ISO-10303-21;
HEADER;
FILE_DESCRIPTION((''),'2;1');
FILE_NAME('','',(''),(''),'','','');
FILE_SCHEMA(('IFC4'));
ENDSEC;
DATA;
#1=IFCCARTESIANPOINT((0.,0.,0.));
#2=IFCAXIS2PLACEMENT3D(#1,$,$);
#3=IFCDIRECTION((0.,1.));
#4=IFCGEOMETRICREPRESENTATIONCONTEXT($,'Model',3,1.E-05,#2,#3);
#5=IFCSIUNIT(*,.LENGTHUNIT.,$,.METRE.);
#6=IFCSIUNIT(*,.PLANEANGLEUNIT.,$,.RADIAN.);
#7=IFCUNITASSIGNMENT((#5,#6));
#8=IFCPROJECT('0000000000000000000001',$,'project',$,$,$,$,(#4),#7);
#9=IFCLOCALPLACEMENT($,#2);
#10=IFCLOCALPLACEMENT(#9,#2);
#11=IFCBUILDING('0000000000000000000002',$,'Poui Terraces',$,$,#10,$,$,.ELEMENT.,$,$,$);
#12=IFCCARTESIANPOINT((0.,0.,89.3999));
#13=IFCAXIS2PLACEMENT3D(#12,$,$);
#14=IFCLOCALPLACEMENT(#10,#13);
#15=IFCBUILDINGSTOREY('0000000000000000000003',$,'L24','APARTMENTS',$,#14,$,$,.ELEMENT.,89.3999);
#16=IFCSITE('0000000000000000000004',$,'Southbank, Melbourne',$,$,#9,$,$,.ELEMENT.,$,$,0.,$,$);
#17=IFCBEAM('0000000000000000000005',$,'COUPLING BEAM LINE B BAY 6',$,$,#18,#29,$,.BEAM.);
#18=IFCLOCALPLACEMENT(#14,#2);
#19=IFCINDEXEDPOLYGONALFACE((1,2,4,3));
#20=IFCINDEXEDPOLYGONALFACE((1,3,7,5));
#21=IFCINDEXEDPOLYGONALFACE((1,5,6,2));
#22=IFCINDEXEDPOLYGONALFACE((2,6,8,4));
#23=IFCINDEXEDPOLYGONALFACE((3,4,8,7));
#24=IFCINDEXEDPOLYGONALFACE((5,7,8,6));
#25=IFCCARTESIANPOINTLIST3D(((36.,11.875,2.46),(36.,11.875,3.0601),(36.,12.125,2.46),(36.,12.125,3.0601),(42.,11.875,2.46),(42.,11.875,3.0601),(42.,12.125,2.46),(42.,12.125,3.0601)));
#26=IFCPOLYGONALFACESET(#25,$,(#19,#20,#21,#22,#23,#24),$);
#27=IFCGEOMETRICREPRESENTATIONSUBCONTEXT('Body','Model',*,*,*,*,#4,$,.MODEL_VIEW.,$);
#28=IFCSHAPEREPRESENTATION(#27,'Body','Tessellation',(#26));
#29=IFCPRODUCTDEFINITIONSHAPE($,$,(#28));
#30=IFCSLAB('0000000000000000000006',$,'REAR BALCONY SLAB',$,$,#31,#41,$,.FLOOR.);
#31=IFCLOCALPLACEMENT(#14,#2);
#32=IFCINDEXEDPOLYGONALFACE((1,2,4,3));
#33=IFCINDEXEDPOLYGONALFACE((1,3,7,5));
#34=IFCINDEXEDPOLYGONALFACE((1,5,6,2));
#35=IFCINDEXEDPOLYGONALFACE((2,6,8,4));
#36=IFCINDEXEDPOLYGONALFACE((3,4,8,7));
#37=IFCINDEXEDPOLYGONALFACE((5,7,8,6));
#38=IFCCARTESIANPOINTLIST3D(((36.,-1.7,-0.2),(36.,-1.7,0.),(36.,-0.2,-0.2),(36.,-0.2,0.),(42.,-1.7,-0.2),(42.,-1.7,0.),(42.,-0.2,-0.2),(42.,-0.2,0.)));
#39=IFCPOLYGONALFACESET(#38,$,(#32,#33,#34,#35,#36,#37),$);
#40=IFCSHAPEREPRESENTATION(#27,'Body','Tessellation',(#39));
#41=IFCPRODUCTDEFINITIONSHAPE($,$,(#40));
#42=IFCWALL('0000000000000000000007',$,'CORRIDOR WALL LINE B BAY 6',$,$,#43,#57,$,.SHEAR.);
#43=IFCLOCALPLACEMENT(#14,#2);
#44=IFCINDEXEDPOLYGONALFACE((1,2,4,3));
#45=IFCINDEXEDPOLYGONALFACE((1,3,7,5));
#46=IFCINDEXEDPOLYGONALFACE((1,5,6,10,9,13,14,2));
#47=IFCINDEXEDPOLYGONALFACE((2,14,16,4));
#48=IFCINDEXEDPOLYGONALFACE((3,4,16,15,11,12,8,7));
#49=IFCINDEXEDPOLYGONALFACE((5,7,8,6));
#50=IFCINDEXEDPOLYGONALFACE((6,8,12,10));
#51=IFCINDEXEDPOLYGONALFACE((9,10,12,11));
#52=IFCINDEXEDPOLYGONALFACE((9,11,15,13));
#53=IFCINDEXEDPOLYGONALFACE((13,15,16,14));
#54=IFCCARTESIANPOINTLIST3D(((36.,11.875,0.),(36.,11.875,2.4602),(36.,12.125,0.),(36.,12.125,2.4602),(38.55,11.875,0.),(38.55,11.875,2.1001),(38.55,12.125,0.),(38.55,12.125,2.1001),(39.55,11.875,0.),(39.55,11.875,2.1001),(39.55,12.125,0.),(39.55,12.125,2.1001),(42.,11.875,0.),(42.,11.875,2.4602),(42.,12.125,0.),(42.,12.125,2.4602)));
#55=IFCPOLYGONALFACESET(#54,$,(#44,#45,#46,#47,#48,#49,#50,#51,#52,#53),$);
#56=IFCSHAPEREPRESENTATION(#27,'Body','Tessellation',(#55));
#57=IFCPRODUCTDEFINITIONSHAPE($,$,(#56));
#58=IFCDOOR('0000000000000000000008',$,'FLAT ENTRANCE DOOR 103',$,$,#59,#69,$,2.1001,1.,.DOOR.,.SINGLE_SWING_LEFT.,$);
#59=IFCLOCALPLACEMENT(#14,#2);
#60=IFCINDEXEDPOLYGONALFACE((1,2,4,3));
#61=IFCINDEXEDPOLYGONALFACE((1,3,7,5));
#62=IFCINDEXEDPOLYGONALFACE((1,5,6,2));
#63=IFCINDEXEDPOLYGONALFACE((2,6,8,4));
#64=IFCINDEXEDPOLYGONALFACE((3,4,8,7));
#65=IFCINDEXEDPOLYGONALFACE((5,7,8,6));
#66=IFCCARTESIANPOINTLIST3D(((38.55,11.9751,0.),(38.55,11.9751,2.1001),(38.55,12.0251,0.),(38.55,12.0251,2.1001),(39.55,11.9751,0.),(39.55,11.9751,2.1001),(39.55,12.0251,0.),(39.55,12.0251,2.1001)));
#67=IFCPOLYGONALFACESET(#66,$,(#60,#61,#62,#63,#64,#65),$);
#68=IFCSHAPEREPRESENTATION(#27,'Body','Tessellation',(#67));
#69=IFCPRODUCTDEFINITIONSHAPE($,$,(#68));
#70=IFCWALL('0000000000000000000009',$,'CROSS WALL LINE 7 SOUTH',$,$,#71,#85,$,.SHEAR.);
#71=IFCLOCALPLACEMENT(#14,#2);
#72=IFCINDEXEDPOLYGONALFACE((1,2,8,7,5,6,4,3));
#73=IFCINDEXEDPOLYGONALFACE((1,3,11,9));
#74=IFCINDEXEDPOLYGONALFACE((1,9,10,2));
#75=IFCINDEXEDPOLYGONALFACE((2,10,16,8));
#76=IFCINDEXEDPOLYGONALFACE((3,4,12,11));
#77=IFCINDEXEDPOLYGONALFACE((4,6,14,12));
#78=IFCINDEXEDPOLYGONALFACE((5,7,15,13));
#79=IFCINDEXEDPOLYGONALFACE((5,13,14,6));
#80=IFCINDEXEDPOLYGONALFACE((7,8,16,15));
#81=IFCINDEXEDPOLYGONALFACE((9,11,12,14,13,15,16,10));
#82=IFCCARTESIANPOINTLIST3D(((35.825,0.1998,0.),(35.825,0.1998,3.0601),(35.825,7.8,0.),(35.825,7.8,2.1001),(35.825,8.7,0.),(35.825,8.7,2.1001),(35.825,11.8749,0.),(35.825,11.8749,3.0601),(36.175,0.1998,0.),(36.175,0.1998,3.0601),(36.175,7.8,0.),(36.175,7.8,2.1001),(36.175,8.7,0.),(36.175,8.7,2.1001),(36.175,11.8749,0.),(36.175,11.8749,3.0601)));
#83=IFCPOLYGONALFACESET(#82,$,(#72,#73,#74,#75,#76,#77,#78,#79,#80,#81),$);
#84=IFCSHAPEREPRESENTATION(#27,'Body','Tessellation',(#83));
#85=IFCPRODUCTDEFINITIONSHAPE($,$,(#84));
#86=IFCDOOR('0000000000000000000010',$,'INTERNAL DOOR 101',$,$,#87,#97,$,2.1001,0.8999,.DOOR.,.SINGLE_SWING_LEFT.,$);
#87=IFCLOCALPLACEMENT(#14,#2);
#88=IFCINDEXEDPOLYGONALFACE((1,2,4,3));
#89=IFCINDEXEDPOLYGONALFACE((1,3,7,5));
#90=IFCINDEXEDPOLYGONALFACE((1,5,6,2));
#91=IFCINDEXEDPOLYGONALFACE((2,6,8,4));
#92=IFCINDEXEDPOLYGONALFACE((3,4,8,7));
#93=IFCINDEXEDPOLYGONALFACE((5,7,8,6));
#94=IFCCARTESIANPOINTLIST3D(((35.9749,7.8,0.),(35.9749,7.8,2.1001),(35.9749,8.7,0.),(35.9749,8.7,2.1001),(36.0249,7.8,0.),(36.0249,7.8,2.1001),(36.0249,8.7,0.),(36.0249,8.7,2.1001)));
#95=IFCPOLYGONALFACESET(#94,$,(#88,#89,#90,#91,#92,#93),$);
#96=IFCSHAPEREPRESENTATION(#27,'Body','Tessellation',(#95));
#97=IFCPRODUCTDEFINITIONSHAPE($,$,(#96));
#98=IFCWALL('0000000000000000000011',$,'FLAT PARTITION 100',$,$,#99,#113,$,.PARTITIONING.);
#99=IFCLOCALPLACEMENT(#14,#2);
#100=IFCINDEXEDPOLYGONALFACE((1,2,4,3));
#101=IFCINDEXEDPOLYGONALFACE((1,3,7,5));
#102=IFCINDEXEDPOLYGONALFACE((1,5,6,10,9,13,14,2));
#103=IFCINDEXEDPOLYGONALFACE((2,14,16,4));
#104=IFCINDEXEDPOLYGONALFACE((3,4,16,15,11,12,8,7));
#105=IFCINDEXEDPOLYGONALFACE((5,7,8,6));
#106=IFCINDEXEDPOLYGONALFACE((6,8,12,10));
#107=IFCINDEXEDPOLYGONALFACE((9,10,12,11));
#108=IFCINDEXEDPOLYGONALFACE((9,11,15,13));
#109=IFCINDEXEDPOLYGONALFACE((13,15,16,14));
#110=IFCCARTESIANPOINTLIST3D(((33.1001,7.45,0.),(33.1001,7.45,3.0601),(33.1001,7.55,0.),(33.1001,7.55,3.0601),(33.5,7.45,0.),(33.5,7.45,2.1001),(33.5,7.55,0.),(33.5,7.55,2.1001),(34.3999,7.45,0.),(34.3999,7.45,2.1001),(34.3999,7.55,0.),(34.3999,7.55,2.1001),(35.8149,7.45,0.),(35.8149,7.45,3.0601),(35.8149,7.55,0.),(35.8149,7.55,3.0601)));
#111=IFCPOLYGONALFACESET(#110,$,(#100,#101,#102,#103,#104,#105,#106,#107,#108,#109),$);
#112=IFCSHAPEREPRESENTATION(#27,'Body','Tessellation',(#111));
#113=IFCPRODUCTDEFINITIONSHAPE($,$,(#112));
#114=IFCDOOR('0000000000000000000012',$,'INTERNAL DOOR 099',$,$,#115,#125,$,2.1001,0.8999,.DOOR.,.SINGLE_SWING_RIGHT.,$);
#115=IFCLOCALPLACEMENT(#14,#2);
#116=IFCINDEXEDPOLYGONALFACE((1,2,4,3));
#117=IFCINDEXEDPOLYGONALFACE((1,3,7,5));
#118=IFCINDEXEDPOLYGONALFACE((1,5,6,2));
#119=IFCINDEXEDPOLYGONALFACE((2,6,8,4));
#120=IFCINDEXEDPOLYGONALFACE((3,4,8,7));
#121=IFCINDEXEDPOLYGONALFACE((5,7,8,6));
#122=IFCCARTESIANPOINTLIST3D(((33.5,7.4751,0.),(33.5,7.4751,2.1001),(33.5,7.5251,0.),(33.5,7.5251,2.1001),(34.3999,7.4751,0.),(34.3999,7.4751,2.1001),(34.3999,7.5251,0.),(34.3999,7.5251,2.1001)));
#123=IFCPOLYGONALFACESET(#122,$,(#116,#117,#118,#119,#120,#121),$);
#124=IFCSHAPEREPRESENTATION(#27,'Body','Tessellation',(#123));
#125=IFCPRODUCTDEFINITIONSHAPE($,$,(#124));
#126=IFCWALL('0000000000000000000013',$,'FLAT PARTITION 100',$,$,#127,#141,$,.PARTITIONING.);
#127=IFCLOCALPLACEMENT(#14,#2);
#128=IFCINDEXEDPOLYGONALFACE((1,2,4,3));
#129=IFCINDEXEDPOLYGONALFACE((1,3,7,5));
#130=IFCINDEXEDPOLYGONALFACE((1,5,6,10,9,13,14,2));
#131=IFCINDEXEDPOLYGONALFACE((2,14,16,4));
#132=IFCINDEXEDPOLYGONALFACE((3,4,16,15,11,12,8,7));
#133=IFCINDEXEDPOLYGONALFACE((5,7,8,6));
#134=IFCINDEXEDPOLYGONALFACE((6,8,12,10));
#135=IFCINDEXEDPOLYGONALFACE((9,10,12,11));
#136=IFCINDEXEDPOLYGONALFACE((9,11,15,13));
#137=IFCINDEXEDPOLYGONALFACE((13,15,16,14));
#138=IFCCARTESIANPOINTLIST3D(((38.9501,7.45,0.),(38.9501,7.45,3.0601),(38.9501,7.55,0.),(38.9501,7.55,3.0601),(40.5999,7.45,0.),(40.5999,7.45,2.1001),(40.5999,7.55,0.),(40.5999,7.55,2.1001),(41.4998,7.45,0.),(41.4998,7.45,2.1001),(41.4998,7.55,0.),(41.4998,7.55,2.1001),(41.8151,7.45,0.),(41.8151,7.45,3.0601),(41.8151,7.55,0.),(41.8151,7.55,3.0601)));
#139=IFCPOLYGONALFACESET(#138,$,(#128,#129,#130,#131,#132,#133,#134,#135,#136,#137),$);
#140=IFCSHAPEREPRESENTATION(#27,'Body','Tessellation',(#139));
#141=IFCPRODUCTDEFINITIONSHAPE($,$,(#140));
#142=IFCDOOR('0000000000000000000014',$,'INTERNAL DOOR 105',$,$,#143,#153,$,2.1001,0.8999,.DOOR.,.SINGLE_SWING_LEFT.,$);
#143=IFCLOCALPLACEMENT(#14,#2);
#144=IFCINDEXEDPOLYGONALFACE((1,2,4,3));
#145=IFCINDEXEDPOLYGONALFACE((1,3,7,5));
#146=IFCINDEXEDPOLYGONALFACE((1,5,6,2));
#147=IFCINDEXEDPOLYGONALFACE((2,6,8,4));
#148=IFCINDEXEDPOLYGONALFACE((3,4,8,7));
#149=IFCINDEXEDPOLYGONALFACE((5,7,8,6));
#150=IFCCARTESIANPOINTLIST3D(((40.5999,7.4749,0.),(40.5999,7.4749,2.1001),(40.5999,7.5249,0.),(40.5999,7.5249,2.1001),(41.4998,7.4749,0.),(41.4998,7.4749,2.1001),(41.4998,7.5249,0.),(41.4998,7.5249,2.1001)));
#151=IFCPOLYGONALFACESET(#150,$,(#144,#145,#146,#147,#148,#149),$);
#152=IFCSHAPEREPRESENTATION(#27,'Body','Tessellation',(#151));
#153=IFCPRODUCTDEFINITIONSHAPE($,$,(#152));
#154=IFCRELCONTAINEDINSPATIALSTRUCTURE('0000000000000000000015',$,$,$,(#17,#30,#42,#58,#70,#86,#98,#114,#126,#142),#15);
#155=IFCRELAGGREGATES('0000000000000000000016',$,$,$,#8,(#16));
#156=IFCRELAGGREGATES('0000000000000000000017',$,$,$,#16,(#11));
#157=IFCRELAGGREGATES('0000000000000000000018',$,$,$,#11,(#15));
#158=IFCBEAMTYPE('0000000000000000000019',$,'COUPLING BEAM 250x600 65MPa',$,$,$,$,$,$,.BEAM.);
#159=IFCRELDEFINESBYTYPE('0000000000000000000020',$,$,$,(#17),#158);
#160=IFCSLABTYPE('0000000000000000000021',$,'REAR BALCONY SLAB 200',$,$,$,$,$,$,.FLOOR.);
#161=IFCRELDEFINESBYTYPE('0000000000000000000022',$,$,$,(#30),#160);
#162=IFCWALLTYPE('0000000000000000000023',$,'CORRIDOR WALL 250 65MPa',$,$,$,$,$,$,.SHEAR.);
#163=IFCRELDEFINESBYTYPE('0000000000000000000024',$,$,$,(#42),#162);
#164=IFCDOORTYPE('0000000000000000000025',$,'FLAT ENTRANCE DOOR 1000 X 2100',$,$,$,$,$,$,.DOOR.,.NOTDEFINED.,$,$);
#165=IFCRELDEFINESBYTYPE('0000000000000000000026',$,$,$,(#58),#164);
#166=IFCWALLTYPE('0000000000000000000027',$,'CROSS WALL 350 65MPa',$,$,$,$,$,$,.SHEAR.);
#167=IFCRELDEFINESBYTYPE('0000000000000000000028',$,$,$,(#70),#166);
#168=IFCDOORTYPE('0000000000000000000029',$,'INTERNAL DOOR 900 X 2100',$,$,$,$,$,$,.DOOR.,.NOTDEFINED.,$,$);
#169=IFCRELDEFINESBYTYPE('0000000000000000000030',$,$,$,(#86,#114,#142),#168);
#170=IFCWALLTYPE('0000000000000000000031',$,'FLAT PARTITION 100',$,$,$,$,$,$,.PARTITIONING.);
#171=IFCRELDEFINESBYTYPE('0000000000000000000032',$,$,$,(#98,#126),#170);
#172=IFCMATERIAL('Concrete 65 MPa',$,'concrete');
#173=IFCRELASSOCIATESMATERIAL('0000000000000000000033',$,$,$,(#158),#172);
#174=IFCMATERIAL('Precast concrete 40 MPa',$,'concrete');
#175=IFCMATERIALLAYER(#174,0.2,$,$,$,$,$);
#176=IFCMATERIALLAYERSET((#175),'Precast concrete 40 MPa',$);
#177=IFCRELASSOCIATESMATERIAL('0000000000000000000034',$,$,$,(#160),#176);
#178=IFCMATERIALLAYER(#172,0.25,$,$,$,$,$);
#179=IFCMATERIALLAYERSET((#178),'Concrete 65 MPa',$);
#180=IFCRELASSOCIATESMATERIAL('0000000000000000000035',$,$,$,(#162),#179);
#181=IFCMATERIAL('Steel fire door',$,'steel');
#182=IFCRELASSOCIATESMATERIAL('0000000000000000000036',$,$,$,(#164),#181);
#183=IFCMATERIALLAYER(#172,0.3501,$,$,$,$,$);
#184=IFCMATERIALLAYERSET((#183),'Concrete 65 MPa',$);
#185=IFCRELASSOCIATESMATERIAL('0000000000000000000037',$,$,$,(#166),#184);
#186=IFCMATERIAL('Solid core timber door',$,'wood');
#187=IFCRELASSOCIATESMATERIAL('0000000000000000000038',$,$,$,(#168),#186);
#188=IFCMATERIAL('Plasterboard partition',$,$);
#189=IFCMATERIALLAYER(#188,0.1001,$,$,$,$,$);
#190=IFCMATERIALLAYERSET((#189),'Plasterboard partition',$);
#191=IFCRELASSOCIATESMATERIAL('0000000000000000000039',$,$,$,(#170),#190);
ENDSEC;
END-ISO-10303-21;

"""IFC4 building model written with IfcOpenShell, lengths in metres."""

from ifc_helpers import new_model, si_unit, direction, frame, frame_2d, origin, origin_2d, place, context, subcontext, project, spatial, polyline, rectangle, outline, extrude, source, transform, mapped, material, layer, layer_set, material_profile, profile_set, type_object, element, fill, save


model = new_model("IFC4")

# Units and contexts
model_context = context("Model", 3, precision=1e-05, world=origin(), true_north=direction((0.0, 1.0)))
body_context = subcontext(model_context, "Body", "Model", "MODEL_VIEW")
ifc_project = project(units=[si_unit("LENGTHUNIT", "METRE"), si_unit("PLANEANGLEUNIT", "RADIAN")], contexts=[model_context])

# Site, building, storey
site_placement = place(None, origin())
site = spatial("IfcSite", under=ifc_project, at=site_placement, Name="Southbank, Melbourne", CompositionType="ELEMENT", RefElevation=0.0)
building_placement = place(site_placement, origin())
building = spatial("IfcBuilding", under=site, at=building_placement, Name="Poui Terraces", CompositionType="ELEMENT")
storey_placement = place(building_placement, frame((0.0, 0.0, 89.3999)))
storey = spatial("IfcBuildingStorey", under=building, at=storey_placement, Name="L24", Description="APARTMENTS", CompositionType="ELEMENT", Elevation=89.3999)

# Beam
ifc_material_1 = material(Name="Concrete 65 MPa", Category="concrete")
ifc_material_profile_1 = material_profile(ifc_material_1, rectangle(XDim=0.25, YDim=0.6001, at=origin_2d()), Name="RC 250x600")
ifc_profile_set_1 = profile_set([ifc_material_profile_1], Name="Concrete 65 MPa")
beam_type = type_object("IfcBeamType", Name="COUPLING BEAM 250x600 65MPa", PredefinedType="BEAM", material=ifc_profile_set_1)
shared_shape_1 = source(origin(), body_context, "Body", "SweptSolid", [
    extrude(rectangle(XDim=0.25, YDim=0.6001, at=origin_2d()), origin(), (0.0, 0.0, 1.0), 6.0),
])
beam_placement = place(storey_placement, frame((36.0, 12.0, 2.76), z_axis=(1.0, 0.0, 0.0), x_axis=(0.0, 1.0, 0.0)))
element("IfcBeam", 1, at=beam_placement, inside=storey, type_object=beam_type, Name="COUPLING BEAM LINE B BAY 6", PredefinedType="BEAM", context=body_context, shape_type="MappedRepresentation", body=[
    mapped(shared_shape_1, transform((0.0, 0.0, 0.0))),
])

# Slab
ifc_material_2 = material(Name="Precast concrete 40 MPa", Category="concrete")
ifc_layer_1 = layer(ifc_material_2, 0.2)
ifc_layer_set_1 = layer_set([ifc_layer_1], Name="Precast concrete 40 MPa")
slab_type = type_object("IfcSlabType", Name="REAR BALCONY SLAB 200", PredefinedType="FLOOR", material=ifc_layer_set_1)
shared_shape_2 = source(origin(), body_context, "Body", "SweptSolid", [
    extrude(outline(polyline([(0.0, 0.0), (6.0, 0.0), (6.0, 1.5), (0.0, 1.5), (0.0, 0.0)])), origin(), (0.0, 0.0, 1.0), 0.2),
])
slab_placement = place(storey_placement, frame((36.0, -1.7, -0.2)))
element("IfcSlab", 2, at=slab_placement, inside=storey, type_object=slab_type, Name="REAR BALCONY SLAB", PredefinedType="FLOOR", context=body_context, shape_type="MappedRepresentation", body=[
    mapped(shared_shape_2, transform((0.0, 0.0, 0.0))),
])

# Walls, openings, doors
ifc_layer_2 = layer(ifc_material_1, 0.25)
ifc_layer_set_2 = layer_set([ifc_layer_2], Name="Concrete 65 MPa")
wall_type_1 = type_object("IfcWallType", Name="CORRIDOR WALL 250 65MPa", PredefinedType="SHEAR", material=ifc_layer_set_2)
wall_1_placement = place(storey_placement, frame((36.0, 12.0, 0.0), z_axis=(0.0, 0.0, 1.0), x_axis=(1.0, 0.0, 0.0)))
wall_1 = element("IfcWall", 3, at=wall_1_placement, inside=storey, type_object=wall_type_1, Name="CORRIDOR WALL LINE B BAY 6", PredefinedType="SHEAR", context=body_context, shape_type="SweptSolid", body=[
    extrude(rectangle(XDim=6.0, YDim=0.25, at=frame_2d((3.0, 0.0))), origin(), (0.0, 0.0, 1.0), 2.4602),
])
opening_1_placement = place(wall_1_placement, frame((2.55, 0.0, 0.0)))
opening_1 = element("IfcOpeningElement", 4, at=opening_1_placement, cuts=wall_1, PredefinedType="OPENING", context=body_context, shape_type="SweptSolid", body=[
    extrude(rectangle(XDim=1.0, YDim=2.1001, at=frame_2d((0.5, 1.05))), frame((0.0, 0.135, 0.0), z_axis=(0.0, -1.0, 0.0), x_axis=(1.0, 0.0, 0.0)), (0.0, 0.0, 1.0), 0.27),
])
ifc_material_3 = material(Name="Steel fire door", Category="steel")
door_type_1 = type_object("IfcDoorType", Name="FLAT ENTRANCE DOOR 1000 X 2100", OperationType="NOTDEFINED", PredefinedType="DOOR", material=ifc_material_3)
door_1_placement = place(opening_1_placement, frame((1.0, 0.0, 0.0), z_axis=(0.0, 0.0, 1.0), x_axis=(-1.0, 0.0, 0.0)))
door_1 = element("IfcDoor", 5, at=door_1_placement, inside=storey, type_object=door_type_1, Name="FLAT ENTRANCE DOOR 103", OperationType="SINGLE_SWING_LEFT", OverallHeight=2.1001, OverallWidth=1.0, PredefinedType="DOOR", context=body_context, shape_type="SweptSolid", body=[
    extrude(rectangle(XDim=1.0, YDim=2.1001, at=frame_2d((0.5, 1.05))), frame((0.0, 0.0249, 0.0), z_axis=(0.0, -1.0, 0.0), x_axis=(1.0, 0.0, 0.0)), (0.0, 0.0, 1.0), 0.05),
])
fill(opening_1, door_1)
ifc_layer_3 = layer(ifc_material_1, 0.3501)
ifc_layer_set_3 = layer_set([ifc_layer_3], Name="Concrete 65 MPa")
wall_type_2 = type_object("IfcWallType", Name="CROSS WALL 350 65MPa", PredefinedType="SHEAR", material=ifc_layer_set_3)
wall_2_placement = place(storey_placement, frame((36.0, 0.2, 0.0), z_axis=(0.0, 0.0, 1.0), x_axis=(0.0, 1.0, 0.0)))
wall_2 = element("IfcWall", 6, at=wall_2_placement, inside=storey, type_object=wall_type_2, Name="CROSS WALL LINE 7 SOUTH", PredefinedType="SHEAR", context=body_context, shape_type="SweptSolid", body=[
    extrude(rectangle(XDim=11.675, YDim=0.3501, at=frame_2d((5.8374, 0.0))), origin(), (0.0, 0.0, 1.0), 3.0601),
])
opening_2_placement = place(wall_2_placement, frame((7.6001, 0.0, 0.0)))
opening_2 = element("IfcOpeningElement", 7, at=opening_2_placement, cuts=wall_2, PredefinedType="OPENING", context=body_context, shape_type="SweptSolid", body=[
    extrude(rectangle(XDim=0.8999, YDim=2.1001, at=frame_2d((0.45, 1.05))), frame((0.0, 0.1851, 0.0), z_axis=(0.0, -1.0, 0.0), x_axis=(1.0, 0.0, 0.0)), (0.0, 0.0, 1.0), 0.3701),
])
ifc_material_4 = material(Name="Solid core timber door", Category="wood")
door_type_2 = type_object("IfcDoorType", Name="INTERNAL DOOR 900 X 2100", OperationType="NOTDEFINED", PredefinedType="DOOR", material=ifc_material_4)
door_2_placement = place(opening_2_placement, frame((0.8999, 0.0, 0.0), z_axis=(0.0, 0.0, 1.0), x_axis=(-1.0, 0.0, 0.0)))
door_2 = element("IfcDoor", 8, at=door_2_placement, inside=storey, type_object=door_type_2, Name="INTERNAL DOOR 101", OperationType="SINGLE_SWING_LEFT", OverallHeight=2.1001, OverallWidth=0.8999, PredefinedType="DOOR", context=body_context, shape_type="SweptSolid", body=[
    extrude(rectangle(XDim=0.8999, YDim=2.1001, at=frame_2d((0.45, 1.05))), frame((0.0, 0.0249, 0.0), z_axis=(0.0, -1.0, 0.0), x_axis=(1.0, 0.0, 0.0)), (0.0, 0.0, 1.0), 0.05),
])
fill(opening_2, door_2)
ifc_material_5 = material(Name="Plasterboard partition")
ifc_layer_4 = layer(ifc_material_5, 0.1001)
ifc_layer_set_4 = layer_set([ifc_layer_4], Name="Plasterboard partition")
wall_type_3 = type_object("IfcWallType", Name="FLAT PARTITION 100", PredefinedType="PARTITIONING", material=ifc_layer_set_4)
wall_3_placement = place(storey_placement, frame((33.1001, 7.5, 0.0), z_axis=(0.0, 0.0, 1.0), x_axis=(1.0, 0.0, 0.0)))
wall_3 = element("IfcWall", 9, at=wall_3_placement, inside=storey, type_object=wall_type_3, Name="FLAT PARTITION 100", PredefinedType="PARTITIONING", context=body_context, shape_type="SweptSolid", body=[
    extrude(rectangle(XDim=2.7148, YDim=0.1001, at=frame_2d((1.3574, 0.0))), origin(), (0.0, 0.0, 1.0), 3.0601),
])
opening_3_placement = place(wall_3_placement, frame((0.3999, 0.0, 0.0)))
opening_3 = element("IfcOpeningElement", 10, at=opening_3_placement, cuts=wall_3, PredefinedType="OPENING", context=body_context, shape_type="SweptSolid", body=[
    extrude(rectangle(XDim=0.8999, YDim=2.1001, at=frame_2d((0.45, 1.05))), frame((0.0, 0.0601, 0.0), z_axis=(0.0, -1.0, 0.0), x_axis=(1.0, 0.0, 0.0)), (0.0, 0.0, 1.0), 0.1201),
])
door_3_placement = place(opening_3_placement, frame((0.8999, 0.0, 0.0), z_axis=(0.0, 0.0, 1.0), x_axis=(-1.0, 0.0, 0.0)))
door_3 = element("IfcDoor", 11, at=door_3_placement, inside=storey, type_object=door_type_2, Name="INTERNAL DOOR 099", OperationType="SINGLE_SWING_RIGHT", OverallHeight=2.1001, OverallWidth=0.8999, PredefinedType="DOOR", context=body_context, shape_type="SweptSolid", body=[
    extrude(rectangle(XDim=0.8999, YDim=2.1001, at=frame_2d((0.45, 1.05))), frame((0.0, 0.0249, 0.0), z_axis=(0.0, -1.0, 0.0), x_axis=(1.0, 0.0, 0.0)), (0.0, 0.0, 1.0), 0.05),
])
fill(opening_3, door_3)
wall_4_placement = place(storey_placement, frame((38.95, 7.5, 0.0), z_axis=(0.0, 0.0, 1.0), x_axis=(1.0, 0.0, 0.0)))
wall_4 = element("IfcWall", 12, at=wall_4_placement, inside=storey, type_object=wall_type_3, Name="FLAT PARTITION 100", PredefinedType="PARTITIONING", context=body_context, shape_type="SweptSolid", body=[
    extrude(rectangle(XDim=2.865, YDim=0.1001, at=frame_2d((1.4326, 0.0))), origin(), (0.0, 0.0, 1.0), 3.0601),
])
opening_4_placement = place(wall_4_placement, frame((1.6499, 0.0, 0.0)))
opening_4 = element("IfcOpeningElement", 13, at=opening_4_placement, cuts=wall_4, PredefinedType="OPENING", context=body_context, shape_type="SweptSolid", body=[
    extrude(rectangle(XDim=0.8999, YDim=2.1001, at=frame_2d((0.45, 1.05))), frame((0.0, 0.0601, 0.0), z_axis=(0.0, -1.0, 0.0), x_axis=(1.0, 0.0, 0.0)), (0.0, 0.0, 1.0), 0.1201),
])
door_4_placement = place(opening_4_placement, origin())
door_4 = element("IfcDoor", 14, at=door_4_placement, inside=storey, type_object=door_type_2, Name="INTERNAL DOOR 105", OperationType="SINGLE_SWING_LEFT", OverallHeight=2.1001, OverallWidth=0.8999, PredefinedType="DOOR", context=body_context, shape_type="SweptSolid", body=[
    extrude(rectangle(XDim=0.8999, YDim=2.1001, at=frame_2d((0.45, 1.05))), frame((0.0, 0.0249, 0.0), z_axis=(0.0, -1.0, 0.0), x_axis=(1.0, 0.0, 0.0)), (0.0, 0.0, 1.0), 0.05),
])
fill(opening_4, door_4)

save(model, "model.ifc")
